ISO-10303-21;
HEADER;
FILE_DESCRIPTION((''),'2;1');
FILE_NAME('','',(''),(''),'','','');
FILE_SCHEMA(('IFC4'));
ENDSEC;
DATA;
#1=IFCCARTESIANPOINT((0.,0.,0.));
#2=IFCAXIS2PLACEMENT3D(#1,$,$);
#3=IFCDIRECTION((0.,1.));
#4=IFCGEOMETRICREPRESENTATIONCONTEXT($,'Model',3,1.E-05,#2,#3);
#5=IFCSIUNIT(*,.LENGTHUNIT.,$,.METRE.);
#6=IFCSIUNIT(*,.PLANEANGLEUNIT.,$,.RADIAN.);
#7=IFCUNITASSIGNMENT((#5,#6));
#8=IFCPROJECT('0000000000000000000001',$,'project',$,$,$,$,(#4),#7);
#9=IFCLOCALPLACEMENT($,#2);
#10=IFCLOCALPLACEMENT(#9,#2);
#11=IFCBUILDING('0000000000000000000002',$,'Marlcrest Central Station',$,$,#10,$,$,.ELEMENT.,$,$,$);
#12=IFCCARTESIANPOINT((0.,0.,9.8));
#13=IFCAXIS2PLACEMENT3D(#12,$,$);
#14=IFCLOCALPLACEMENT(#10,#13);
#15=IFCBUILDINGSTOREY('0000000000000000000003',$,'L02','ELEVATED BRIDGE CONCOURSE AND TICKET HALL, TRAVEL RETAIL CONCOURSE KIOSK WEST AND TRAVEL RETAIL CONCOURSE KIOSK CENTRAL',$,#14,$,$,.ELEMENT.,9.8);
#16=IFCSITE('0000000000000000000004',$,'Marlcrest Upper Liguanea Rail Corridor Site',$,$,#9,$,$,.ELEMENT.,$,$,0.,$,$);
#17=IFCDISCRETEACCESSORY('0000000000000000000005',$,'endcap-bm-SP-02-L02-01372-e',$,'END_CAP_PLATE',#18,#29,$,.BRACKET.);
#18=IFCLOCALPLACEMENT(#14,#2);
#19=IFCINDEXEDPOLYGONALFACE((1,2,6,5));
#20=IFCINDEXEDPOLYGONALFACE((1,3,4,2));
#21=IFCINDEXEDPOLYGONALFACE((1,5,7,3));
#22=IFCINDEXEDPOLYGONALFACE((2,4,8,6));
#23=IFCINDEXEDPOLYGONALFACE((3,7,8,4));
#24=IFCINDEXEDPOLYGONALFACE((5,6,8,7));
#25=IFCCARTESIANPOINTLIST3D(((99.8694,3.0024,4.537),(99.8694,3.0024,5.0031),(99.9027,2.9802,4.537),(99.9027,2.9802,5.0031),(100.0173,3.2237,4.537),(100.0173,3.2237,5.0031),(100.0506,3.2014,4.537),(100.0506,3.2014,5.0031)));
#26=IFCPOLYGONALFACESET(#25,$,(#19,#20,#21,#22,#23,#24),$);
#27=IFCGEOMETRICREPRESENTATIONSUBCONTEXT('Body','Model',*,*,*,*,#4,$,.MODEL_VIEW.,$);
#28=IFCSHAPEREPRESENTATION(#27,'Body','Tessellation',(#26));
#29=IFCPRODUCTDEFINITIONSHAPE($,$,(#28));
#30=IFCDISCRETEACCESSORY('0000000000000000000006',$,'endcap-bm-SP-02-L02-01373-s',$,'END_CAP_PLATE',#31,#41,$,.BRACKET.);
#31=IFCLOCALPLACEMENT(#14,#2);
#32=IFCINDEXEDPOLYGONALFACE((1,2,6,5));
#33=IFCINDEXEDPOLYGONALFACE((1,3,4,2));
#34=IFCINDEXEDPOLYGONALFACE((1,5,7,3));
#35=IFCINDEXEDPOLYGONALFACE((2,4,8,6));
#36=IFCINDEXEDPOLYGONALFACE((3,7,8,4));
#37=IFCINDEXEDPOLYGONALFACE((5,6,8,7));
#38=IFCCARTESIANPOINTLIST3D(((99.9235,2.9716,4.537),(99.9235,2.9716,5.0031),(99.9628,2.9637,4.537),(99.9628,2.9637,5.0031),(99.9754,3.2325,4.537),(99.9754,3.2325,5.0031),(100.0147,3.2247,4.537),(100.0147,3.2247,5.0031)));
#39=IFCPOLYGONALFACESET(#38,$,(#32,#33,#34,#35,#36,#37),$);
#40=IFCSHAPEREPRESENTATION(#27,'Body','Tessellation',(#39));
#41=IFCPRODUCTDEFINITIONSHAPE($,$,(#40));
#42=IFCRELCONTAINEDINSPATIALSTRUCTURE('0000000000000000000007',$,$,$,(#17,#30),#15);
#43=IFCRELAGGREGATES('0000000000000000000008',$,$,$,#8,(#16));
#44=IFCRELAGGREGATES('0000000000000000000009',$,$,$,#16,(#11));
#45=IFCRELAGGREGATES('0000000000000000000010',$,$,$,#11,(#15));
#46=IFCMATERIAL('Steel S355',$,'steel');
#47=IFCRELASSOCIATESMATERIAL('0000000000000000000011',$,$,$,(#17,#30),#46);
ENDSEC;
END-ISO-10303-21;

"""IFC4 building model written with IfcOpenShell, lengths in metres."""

from ifc_helpers import new_model, si_unit, direction, frame, origin, origin_2d, place, context, subcontext, project, spatial, rectangle, extrude, material, element, save


model = new_model("IFC4")

# Units and contexts
model_context = context("Model", 3, precision=1e-05, world=origin(), true_north=direction((0.0, 1.0)))
body_context = subcontext(model_context, "Body", "Model", "MODEL_VIEW")
ifc_project = project(units=[si_unit("LENGTHUNIT", "METRE"), si_unit("PLANEANGLEUNIT", "RADIAN")], contexts=[model_context])

# Site, building, storey
site_placement = place(None, origin())
site = spatial("IfcSite", under=ifc_project, at=site_placement, Name="Marlcrest Upper Liguanea Rail Corridor Site", CompositionType="ELEMENT", RefElevation=0.0)
building_placement = place(site_placement, origin())
building = spatial("IfcBuilding", under=site, at=building_placement, Name="Marlcrest Central Station", CompositionType="ELEMENT")
storey_placement = place(building_placement, frame((0.0, 0.0, 9.8)))
storey = spatial("IfcBuildingStorey", under=building, at=storey_placement, Name="L02", Description="ELEVATED BRIDGE CONCOURSE AND TICKET HALL, TRAVEL RETAIL CONCOURSE KIOSK WEST AND TRAVEL RETAIL CONCOURSE KIOSK CENTRAL", CompositionType="ELEMENT", Elevation=9.8)

# Shared definitions
ifc_material_1 = material(Name="Steel S355", Category="steel")

# Discrete accessories
for number, where, z_axis, x_axis, name in (
    (1, (99.9434, 3.113, 4.77), (0.831509, -0.555511, 0.0), (0.555511, 0.831509, 0.0), "endcap-bm-SP-02-L02-01372-e"),
    (2, (99.9495, 3.1021, 4.77), (0.980769, -0.195171, 0.0), (0.195171, 0.980769, 0.0), "endcap-bm-SP-02-L02-01373-s"),
):
    element("IfcDiscreteAccessory", number, at=place(storey_placement, frame(where, z_axis=z_axis, x_axis=x_axis)), inside=storey, material=ifc_material_1, Name=name, ObjectType="END_CAP_PLATE", PredefinedType="BRACKET", context=body_context, shape_type="SweptSolid", body=[
        extrude(rectangle(XDim=0.2661, YDim=0.4661, at=origin_2d()), origin(), (0.0, 0.0, 1.0), 0.04),
    ])

save(model, "model.ifc")
